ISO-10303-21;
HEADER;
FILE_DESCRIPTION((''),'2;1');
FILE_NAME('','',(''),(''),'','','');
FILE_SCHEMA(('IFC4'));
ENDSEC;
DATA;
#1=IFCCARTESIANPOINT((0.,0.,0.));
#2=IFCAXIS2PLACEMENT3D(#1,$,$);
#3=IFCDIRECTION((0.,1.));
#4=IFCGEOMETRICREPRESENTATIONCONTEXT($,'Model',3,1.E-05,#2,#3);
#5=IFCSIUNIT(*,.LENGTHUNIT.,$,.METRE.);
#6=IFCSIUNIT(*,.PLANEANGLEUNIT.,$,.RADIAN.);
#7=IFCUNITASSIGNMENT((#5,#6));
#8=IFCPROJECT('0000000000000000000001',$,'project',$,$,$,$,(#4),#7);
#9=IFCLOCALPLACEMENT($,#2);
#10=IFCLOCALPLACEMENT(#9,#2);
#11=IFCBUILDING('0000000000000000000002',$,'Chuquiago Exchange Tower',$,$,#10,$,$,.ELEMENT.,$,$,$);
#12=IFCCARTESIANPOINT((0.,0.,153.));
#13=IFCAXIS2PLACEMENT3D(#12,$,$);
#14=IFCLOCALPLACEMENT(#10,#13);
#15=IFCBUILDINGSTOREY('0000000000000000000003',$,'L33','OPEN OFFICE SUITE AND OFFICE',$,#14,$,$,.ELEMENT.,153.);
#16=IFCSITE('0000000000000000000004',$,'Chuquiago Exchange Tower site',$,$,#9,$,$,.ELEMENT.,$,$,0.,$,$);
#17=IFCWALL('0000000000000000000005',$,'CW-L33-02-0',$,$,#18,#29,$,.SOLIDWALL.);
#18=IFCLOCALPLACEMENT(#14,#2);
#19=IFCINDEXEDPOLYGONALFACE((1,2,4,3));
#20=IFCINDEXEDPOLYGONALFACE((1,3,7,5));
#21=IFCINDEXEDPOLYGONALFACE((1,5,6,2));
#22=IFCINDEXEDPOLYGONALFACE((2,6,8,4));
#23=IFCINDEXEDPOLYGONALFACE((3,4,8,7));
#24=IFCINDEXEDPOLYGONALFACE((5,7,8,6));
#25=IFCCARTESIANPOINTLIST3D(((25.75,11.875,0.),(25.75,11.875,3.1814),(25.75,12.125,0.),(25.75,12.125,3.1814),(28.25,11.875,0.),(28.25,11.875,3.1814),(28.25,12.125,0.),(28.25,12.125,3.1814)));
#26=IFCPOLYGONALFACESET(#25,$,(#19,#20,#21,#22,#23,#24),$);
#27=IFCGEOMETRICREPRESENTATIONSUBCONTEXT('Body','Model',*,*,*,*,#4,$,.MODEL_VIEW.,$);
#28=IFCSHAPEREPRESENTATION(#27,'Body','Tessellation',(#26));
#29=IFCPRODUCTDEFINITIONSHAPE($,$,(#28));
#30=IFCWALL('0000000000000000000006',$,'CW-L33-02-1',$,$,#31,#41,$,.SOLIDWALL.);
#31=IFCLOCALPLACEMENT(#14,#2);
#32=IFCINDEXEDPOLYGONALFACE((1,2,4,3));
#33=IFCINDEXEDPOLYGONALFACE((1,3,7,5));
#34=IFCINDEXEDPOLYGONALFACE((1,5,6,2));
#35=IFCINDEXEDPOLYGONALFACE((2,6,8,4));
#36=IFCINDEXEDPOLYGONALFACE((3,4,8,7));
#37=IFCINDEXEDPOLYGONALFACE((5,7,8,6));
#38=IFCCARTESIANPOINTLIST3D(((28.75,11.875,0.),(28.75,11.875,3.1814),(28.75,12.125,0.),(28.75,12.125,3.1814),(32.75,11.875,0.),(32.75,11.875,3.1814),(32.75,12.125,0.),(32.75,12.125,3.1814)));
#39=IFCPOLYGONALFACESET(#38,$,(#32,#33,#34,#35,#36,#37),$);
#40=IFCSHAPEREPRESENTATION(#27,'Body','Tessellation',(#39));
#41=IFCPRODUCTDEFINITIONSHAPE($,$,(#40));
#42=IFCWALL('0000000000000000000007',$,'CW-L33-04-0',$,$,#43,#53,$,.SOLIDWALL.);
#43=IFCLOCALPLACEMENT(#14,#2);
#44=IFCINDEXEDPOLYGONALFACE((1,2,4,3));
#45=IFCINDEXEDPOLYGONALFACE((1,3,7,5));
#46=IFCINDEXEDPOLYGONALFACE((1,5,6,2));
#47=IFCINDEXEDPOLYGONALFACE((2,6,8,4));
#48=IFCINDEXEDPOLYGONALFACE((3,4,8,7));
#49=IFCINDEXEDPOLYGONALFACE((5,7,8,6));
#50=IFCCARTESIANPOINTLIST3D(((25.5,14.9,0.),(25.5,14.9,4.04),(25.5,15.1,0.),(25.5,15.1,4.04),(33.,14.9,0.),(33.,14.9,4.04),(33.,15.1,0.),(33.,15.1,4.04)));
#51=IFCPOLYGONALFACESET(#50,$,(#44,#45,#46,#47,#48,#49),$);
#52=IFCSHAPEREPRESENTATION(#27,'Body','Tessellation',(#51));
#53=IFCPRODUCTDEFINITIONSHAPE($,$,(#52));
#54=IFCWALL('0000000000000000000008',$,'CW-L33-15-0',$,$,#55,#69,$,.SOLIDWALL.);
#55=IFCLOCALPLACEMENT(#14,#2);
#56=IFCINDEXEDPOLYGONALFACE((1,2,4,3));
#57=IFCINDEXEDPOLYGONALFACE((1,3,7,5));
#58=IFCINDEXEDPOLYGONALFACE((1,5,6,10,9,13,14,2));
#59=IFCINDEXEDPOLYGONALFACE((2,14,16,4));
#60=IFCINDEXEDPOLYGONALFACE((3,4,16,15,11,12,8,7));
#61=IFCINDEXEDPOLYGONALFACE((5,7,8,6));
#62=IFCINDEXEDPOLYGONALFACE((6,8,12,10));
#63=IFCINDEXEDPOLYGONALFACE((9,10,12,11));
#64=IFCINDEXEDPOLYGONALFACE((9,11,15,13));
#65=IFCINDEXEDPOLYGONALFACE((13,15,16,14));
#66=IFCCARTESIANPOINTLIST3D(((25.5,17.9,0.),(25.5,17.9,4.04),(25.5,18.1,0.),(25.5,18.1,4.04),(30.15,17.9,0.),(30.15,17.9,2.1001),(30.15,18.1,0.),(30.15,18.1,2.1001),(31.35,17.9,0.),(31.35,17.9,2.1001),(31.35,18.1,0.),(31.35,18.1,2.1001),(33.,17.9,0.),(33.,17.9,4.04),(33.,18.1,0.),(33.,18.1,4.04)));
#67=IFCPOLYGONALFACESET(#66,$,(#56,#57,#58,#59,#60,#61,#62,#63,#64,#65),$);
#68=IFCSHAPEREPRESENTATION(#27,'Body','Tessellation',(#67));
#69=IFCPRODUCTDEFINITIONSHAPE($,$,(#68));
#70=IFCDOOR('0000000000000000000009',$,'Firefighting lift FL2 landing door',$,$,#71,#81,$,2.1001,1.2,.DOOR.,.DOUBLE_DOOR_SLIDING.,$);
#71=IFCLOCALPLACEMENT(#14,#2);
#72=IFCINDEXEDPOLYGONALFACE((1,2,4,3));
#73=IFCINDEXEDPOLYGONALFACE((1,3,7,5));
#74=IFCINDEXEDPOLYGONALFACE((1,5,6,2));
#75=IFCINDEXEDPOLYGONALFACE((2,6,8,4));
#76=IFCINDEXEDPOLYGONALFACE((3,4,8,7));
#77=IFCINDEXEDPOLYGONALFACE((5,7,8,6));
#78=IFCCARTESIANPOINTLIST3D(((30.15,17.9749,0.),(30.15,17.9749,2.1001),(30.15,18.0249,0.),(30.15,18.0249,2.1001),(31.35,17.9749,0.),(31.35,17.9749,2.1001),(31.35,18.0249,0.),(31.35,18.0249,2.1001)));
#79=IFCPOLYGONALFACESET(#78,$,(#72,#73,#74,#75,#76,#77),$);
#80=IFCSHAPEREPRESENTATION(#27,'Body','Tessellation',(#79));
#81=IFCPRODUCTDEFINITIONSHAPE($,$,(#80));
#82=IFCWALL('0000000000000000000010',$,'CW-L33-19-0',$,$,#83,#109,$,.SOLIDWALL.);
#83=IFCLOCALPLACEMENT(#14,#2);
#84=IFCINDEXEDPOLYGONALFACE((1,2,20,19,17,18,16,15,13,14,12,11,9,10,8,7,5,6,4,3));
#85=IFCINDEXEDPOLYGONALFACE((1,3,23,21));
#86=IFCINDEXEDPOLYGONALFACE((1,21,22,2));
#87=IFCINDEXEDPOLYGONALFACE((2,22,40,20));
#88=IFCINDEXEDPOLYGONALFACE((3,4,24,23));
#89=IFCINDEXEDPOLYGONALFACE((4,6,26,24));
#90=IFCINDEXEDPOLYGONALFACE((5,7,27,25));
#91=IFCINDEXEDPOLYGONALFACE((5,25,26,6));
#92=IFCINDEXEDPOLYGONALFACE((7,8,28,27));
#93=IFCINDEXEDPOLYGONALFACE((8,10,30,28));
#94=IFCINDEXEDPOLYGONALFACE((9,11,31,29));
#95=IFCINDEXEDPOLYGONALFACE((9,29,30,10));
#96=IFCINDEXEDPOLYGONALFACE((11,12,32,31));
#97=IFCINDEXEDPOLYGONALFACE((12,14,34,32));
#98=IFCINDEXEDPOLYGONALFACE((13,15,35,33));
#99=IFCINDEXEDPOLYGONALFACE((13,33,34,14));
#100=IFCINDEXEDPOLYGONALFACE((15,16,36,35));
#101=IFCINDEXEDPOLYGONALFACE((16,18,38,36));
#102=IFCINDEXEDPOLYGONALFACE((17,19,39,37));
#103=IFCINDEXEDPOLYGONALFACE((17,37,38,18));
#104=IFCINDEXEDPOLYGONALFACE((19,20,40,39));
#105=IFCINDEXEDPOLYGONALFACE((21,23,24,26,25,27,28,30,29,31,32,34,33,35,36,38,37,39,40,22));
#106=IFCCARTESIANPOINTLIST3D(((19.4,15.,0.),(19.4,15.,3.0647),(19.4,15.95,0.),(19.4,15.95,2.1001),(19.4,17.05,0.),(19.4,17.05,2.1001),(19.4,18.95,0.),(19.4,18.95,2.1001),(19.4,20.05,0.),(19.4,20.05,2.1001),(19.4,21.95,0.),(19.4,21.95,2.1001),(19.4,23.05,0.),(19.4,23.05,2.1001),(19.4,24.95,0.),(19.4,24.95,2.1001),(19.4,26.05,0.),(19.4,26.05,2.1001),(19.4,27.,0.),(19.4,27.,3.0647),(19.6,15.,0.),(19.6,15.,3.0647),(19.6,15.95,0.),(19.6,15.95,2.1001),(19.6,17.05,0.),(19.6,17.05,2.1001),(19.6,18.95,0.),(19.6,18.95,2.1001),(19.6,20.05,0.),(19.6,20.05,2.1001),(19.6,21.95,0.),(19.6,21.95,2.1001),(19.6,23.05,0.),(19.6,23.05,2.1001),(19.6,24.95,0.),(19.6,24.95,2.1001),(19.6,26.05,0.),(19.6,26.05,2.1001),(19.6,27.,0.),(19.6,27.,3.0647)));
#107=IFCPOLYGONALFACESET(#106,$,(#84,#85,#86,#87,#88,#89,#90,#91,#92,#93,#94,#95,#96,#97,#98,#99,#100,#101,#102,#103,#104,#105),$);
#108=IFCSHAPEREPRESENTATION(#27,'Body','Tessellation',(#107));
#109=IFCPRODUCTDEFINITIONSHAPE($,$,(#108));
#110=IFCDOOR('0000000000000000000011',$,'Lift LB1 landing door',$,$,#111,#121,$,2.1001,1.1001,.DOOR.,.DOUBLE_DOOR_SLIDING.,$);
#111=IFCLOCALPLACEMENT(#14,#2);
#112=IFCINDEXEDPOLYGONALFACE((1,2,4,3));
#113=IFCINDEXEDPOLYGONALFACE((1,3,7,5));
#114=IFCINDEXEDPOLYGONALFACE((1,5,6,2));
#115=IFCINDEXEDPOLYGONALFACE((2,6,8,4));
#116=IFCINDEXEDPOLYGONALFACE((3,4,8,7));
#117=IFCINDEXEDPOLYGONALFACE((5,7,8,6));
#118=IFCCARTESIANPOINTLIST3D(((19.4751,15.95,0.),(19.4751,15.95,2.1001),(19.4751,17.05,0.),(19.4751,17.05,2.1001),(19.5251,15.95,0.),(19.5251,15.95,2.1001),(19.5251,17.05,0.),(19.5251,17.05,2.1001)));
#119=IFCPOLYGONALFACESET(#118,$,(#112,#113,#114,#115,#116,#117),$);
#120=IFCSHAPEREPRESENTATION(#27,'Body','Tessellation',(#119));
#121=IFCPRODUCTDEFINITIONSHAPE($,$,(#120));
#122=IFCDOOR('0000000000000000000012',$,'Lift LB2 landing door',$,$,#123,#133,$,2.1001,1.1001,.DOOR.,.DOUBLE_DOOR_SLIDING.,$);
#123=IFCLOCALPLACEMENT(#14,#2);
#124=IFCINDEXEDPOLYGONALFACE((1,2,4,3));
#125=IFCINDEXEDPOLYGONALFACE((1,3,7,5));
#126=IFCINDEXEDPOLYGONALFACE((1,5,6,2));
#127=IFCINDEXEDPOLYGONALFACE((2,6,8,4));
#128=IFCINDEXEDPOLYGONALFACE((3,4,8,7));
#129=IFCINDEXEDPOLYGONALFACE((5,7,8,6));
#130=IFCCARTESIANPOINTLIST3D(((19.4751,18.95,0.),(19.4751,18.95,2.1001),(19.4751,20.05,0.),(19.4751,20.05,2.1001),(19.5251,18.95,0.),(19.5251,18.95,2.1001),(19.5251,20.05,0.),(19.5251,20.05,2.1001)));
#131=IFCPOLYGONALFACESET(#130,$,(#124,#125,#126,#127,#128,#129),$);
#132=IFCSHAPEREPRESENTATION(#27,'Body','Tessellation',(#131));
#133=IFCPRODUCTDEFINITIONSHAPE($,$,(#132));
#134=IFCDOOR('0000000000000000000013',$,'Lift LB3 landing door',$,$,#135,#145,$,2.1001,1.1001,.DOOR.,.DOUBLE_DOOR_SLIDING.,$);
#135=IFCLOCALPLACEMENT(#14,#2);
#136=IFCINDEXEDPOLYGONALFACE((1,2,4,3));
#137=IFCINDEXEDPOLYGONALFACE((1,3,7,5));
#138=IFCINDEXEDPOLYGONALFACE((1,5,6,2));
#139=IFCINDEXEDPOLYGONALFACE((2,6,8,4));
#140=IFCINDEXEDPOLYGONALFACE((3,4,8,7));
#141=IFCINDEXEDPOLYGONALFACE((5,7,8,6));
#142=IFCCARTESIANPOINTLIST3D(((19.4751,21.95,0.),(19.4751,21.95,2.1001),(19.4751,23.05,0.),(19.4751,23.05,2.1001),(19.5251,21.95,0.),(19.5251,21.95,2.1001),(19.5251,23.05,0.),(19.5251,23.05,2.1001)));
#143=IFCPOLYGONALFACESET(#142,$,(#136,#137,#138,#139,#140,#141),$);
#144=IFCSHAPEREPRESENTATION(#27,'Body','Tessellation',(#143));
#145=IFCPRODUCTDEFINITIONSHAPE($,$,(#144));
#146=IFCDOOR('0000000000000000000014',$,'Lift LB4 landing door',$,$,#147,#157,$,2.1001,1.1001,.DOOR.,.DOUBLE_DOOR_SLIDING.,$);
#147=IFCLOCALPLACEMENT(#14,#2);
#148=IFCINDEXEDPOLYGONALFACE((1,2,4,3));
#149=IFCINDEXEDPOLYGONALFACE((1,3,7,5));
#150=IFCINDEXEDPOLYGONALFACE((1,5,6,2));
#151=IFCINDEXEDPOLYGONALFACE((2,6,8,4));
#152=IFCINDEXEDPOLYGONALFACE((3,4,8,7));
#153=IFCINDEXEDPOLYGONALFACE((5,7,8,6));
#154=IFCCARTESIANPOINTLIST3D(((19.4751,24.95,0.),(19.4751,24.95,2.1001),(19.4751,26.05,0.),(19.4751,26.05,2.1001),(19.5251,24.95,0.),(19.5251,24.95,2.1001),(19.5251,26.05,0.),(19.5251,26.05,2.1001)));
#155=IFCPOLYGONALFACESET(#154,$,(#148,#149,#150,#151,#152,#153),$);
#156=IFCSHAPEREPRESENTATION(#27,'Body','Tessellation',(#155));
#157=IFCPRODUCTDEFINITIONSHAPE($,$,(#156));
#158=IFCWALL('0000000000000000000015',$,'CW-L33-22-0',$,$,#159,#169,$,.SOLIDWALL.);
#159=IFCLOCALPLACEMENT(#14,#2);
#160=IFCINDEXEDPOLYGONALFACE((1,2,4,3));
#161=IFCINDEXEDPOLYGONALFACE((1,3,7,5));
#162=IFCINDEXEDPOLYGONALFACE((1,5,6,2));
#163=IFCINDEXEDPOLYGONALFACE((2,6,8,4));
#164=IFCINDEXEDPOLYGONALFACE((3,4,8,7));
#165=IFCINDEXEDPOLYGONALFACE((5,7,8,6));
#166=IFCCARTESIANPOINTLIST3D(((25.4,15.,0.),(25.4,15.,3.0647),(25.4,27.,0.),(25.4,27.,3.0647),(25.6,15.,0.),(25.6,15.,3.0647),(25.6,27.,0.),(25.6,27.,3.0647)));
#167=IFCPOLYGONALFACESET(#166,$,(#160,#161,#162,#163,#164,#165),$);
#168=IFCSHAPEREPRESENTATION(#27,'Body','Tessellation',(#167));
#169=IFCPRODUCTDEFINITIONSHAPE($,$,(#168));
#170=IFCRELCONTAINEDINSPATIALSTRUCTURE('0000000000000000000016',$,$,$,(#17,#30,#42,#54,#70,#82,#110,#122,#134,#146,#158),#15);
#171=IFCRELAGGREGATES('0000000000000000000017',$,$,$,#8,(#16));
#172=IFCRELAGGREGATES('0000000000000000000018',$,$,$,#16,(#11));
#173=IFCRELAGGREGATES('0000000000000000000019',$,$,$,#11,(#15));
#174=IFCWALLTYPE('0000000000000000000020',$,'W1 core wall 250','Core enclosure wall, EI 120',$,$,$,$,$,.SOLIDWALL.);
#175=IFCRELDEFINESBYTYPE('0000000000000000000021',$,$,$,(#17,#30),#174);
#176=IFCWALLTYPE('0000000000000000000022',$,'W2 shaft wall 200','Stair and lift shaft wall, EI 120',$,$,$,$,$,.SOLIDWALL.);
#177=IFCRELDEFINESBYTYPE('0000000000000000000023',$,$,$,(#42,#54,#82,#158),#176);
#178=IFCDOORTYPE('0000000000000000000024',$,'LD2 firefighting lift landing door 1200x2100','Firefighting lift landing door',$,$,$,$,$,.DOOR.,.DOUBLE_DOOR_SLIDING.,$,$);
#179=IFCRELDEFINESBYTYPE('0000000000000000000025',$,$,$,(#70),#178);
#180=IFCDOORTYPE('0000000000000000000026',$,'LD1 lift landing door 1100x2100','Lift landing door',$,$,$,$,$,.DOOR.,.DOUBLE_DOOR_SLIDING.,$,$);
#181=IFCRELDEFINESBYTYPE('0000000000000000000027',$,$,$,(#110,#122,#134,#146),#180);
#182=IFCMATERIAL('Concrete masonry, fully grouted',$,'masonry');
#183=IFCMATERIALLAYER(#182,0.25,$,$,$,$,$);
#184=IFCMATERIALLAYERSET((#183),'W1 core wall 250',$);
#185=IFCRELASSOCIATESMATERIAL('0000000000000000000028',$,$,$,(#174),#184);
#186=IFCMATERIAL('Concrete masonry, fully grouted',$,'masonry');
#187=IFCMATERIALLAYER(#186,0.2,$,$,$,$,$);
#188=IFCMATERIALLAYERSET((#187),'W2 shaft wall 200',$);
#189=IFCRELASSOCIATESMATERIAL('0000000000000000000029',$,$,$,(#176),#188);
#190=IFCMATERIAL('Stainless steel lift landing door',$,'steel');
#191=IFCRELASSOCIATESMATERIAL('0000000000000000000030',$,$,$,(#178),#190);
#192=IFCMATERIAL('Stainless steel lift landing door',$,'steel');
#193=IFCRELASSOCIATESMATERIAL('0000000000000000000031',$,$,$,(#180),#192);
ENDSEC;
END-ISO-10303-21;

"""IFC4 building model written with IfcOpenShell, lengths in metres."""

from ifc_helpers import new_model, si_unit, direction, frame, frame_2d, origin, place, context, subcontext, project, spatial, rectangle, extrude, material, layer, layer_set, type_object, element, fill, save


model = new_model("IFC4")

# Units and contexts
model_context = context("Model", 3, precision=1e-05, world=origin(), true_north=direction((0.0, 1.0)))
body_context = subcontext(model_context, "Body", "Model", "MODEL_VIEW")
ifc_project = project(units=[si_unit("LENGTHUNIT", "METRE"), si_unit("PLANEANGLEUNIT", "RADIAN")], contexts=[model_context])

# Site, building, storey
site_placement = place(None, origin())
site = spatial("IfcSite", under=ifc_project, at=site_placement, Name="Chuquiago Exchange Tower site", CompositionType="ELEMENT", RefElevation=0.0)
building_placement = place(site_placement, origin())
building = spatial("IfcBuilding", under=site, at=building_placement, Name="Chuquiago Exchange Tower", CompositionType="ELEMENT")
storey_placement = place(building_placement, frame((0.0, 0.0, 153.0)))
storey = spatial("IfcBuildingStorey", under=building, at=storey_placement, Name="L33", Description="OPEN OFFICE SUITE AND OFFICE", CompositionType="ELEMENT", Elevation=153.0)

# Walls
ifc_material_1 = material(Name="Concrete masonry, fully grouted", Category="masonry")
ifc_layer_1 = layer(ifc_material_1, 0.25)
ifc_layer_set_1 = layer_set([ifc_layer_1], Name="W1 core wall 250")
wall_type_1 = type_object("IfcWallType", Name="W1 core wall 250", Description="Core enclosure wall, EI 120", PredefinedType="SOLIDWALL", material=ifc_layer_set_1)
wall_1_placement = place(storey_placement, frame((25.75, 12.0, 0.0), z_axis=(0.0, 0.0, 1.0), x_axis=(1.0, 0.0, 0.0)))
element("IfcWall", 1, at=wall_1_placement, inside=storey, type_object=wall_type_1, Name="CW-L33-02-0", PredefinedType="SOLIDWALL", context=body_context, shape_type="SweptSolid", body=[
    extrude(rectangle(XDim=2.5, YDim=0.25, at=frame_2d((1.25, 0.0))), origin(), (0.0, 0.0, 1.0), 3.1814),
])
wall_2_placement = place(storey_placement, frame((28.75, 12.0, 0.0), z_axis=(0.0, 0.0, 1.0), x_axis=(1.0, 0.0, 0.0)))
element("IfcWall", 2, at=wall_2_placement, inside=storey, type_object=wall_type_1, Name="CW-L33-02-1", PredefinedType="SOLIDWALL", context=body_context, shape_type="SweptSolid", body=[
    extrude(rectangle(XDim=4.0, YDim=0.25, at=frame_2d((2.0, 0.0))), origin(), (0.0, 0.0, 1.0), 3.1814),
])
ifc_material_2 = material(Name="Concrete masonry, fully grouted", Category="masonry")
ifc_layer_2 = layer(ifc_material_2, 0.2)
ifc_layer_set_2 = layer_set([ifc_layer_2], Name="W2 shaft wall 200")
wall_type_2 = type_object("IfcWallType", Name="W2 shaft wall 200", Description="Stair and lift shaft wall, EI 120", PredefinedType="SOLIDWALL", material=ifc_layer_set_2)
wall_3_placement = place(storey_placement, frame((25.5, 15.0, 0.0), z_axis=(0.0, 0.0, 1.0), x_axis=(1.0, 0.0, 0.0)))
element("IfcWall", 3, at=wall_3_placement, inside=storey, type_object=wall_type_2, Name="CW-L33-04-0", PredefinedType="SOLIDWALL", context=body_context, shape_type="SweptSolid", body=[
    extrude(rectangle(XDim=7.5, YDim=0.2, at=frame_2d((3.75, 0.0))), origin(), (0.0, 0.0, 1.0), 4.04),
])

# Wall, opening, door
wall_4_placement = place(storey_placement, frame((25.5, 18.0, 0.0), z_axis=(0.0, 0.0, 1.0), x_axis=(1.0, 0.0, 0.0)))
wall_4 = element("IfcWall", 4, at=wall_4_placement, inside=storey, type_object=wall_type_2, Name="CW-L33-15-0", PredefinedType="SOLIDWALL", context=body_context, shape_type="SweptSolid", body=[
    extrude(rectangle(XDim=7.5, YDim=0.2, at=frame_2d((3.75, 0.0))), origin(), (0.0, 0.0, 1.0), 4.04),
])
opening_1_placement = place(wall_4_placement, frame((4.6499, 0.0, 0.0)))
opening_1 = element("IfcOpeningElement", 5, at=opening_1_placement, cuts=wall_4, PredefinedType="OPENING", context=body_context, shape_type="SweptSolid", body=[
    extrude(rectangle(XDim=1.2, YDim=2.1001, at=frame_2d((0.6001, 1.05))), frame((0.0, 0.1099, 0.0), z_axis=(0.0, -1.0, 0.0), x_axis=(1.0, 0.0, 0.0)), (0.0, 0.0, 1.0), 0.22),
])
ifc_material_3 = material(Name="Stainless steel lift landing door", Category="steel")
door_type_1 = type_object("IfcDoorType", Name="LD2 firefighting lift landing door 1200x2100", Description="Firefighting lift landing door", OperationType="DOUBLE_DOOR_SLIDING", PredefinedType="DOOR", material=ifc_material_3)
door_1_placement = place(opening_1_placement, origin())
door_1 = element("IfcDoor", 6, at=door_1_placement, inside=storey, type_object=door_type_1, Name="Firefighting lift FL2 landing door", OperationType="DOUBLE_DOOR_SLIDING", OverallHeight=2.1001, OverallWidth=1.2, PredefinedType="DOOR", context=body_context, shape_type="SweptSolid", body=[
    extrude(rectangle(XDim=1.2, YDim=2.1001, at=frame_2d((0.6001, 1.05))), frame((0.0, 0.0249, 0.0), z_axis=(0.0, -1.0, 0.0), x_axis=(1.0, 0.0, 0.0)), (0.0, 0.0, 1.0), 0.05),
])
fill(opening_1, door_1)

# Wall, openings, doors
wall_5_placement = place(storey_placement, frame((19.5, 15.0, 0.0), z_axis=(0.0, 0.0, 1.0), x_axis=(0.0, 1.0, 0.0)))
wall_5 = element("IfcWall", 7, at=wall_5_placement, inside=storey, type_object=wall_type_2, Name="CW-L33-19-0", PredefinedType="SOLIDWALL", context=body_context, shape_type="SweptSolid", body=[
    extrude(rectangle(XDim=12.0, YDim=0.2, at=frame_2d((6.0, 0.0))), origin(), (0.0, 0.0, 1.0), 3.0647),
])
opening_2_placement = place(wall_5_placement, frame((0.95, 0.0, 0.0)))
opening_2 = element("IfcOpeningElement", 8, at=opening_2_placement, cuts=wall_5, PredefinedType="OPENING", context=body_context, shape_type="SweptSolid", body=[
    extrude(rectangle(XDim=1.1001, YDim=2.1001, at=frame_2d((0.55, 1.05))), frame((0.0, 0.1099, 0.0), z_axis=(0.0, -1.0, 0.0), x_axis=(1.0, 0.0, 0.0)), (0.0, 0.0, 1.0), 0.22),
])
opening_3_placement = place(wall_5_placement, frame((3.95, 0.0, 0.0)))
opening_3 = element("IfcOpeningElement", 9, at=opening_3_placement, cuts=wall_5, PredefinedType="OPENING", context=body_context, shape_type="SweptSolid", body=[
    extrude(rectangle(XDim=1.1001, YDim=2.1001, at=frame_2d((0.55, 1.05))), frame((0.0, 0.1099, 0.0), z_axis=(0.0, -1.0, 0.0), x_axis=(1.0, 0.0, 0.0)), (0.0, 0.0, 1.0), 0.22),
])
opening_4_placement = place(wall_5_placement, frame((6.95, 0.0, 0.0)))
opening_4 = element("IfcOpeningElement", 10, at=opening_4_placement, cuts=wall_5, PredefinedType="OPENING", context=body_context, shape_type="SweptSolid", body=[
    extrude(rectangle(XDim=1.1001, YDim=2.1001, at=frame_2d((0.55, 1.05))), frame((0.0, 0.1099, 0.0), z_axis=(0.0, -1.0, 0.0), x_axis=(1.0, 0.0, 0.0)), (0.0, 0.0, 1.0), 0.22),
])
opening_5_placement = place(wall_5_placement, frame((9.95, 0.0, 0.0)))
opening_5 = element("IfcOpeningElement", 11, at=opening_5_placement, cuts=wall_5, PredefinedType="OPENING", context=body_context, shape_type="SweptSolid", body=[
    extrude(rectangle(XDim=1.1001, YDim=2.1001, at=frame_2d((0.55, 1.05))), frame((0.0, 0.1099, 0.0), z_axis=(0.0, -1.0, 0.0), x_axis=(1.0, 0.0, 0.0)), (0.0, 0.0, 1.0), 0.22),
])
ifc_material_4 = material(Name="Stainless steel lift landing door", Category="steel")
door_type_2 = type_object("IfcDoorType", Name="LD1 lift landing door 1100x2100", Description="Lift landing door", OperationType="DOUBLE_DOOR_SLIDING", PredefinedType="DOOR", material=ifc_material_4)
door_2_placement = place(opening_2_placement, origin())
door_2 = element("IfcDoor", 12, at=door_2_placement, inside=storey, type_object=door_type_2, Name="Lift LB1 landing door", OperationType="DOUBLE_DOOR_SLIDING", OverallHeight=2.1001, OverallWidth=1.1001, PredefinedType="DOOR", context=body_context, shape_type="SweptSolid", body=[
    extrude(rectangle(XDim=1.1001, YDim=2.1001, at=frame_2d((0.55, 1.05))), frame((0.0, 0.0249, 0.0), z_axis=(0.0, -1.0, 0.0), x_axis=(1.0, 0.0, 0.0)), (0.0, 0.0, 1.0), 0.05),
])
fill(opening_2, door_2)
door_3_placement = place(opening_3_placement, origin())
door_3 = element("IfcDoor", 13, at=door_3_placement, inside=storey, type_object=door_type_2, Name="Lift LB2 landing door", OperationType="DOUBLE_DOOR_SLIDING", OverallHeight=2.1001, OverallWidth=1.1001, PredefinedType="DOOR", context=body_context, shape_type="SweptSolid", body=[
    extrude(rectangle(XDim=1.1001, YDim=2.1001, at=frame_2d((0.55, 1.05))), frame((0.0, 0.0249, 0.0), z_axis=(0.0, -1.0, 0.0), x_axis=(1.0, 0.0, 0.0)), (0.0, 0.0, 1.0), 0.05),
])
fill(opening_3, door_3)
door_4_placement = place(opening_4_placement, origin())
door_4 = element("IfcDoor", 14, at=door_4_placement, inside=storey, type_object=door_type_2, Name="Lift LB3 landing door", OperationType="DOUBLE_DOOR_SLIDING", OverallHeight=2.1001, OverallWidth=1.1001, PredefinedType="DOOR", context=body_context, shape_type="SweptSolid", body=[
    extrude(rectangle(XDim=1.1001, YDim=2.1001, at=frame_2d((0.55, 1.05))), frame((0.0, 0.0249, 0.0), z_axis=(0.0, -1.0, 0.0), x_axis=(1.0, 0.0, 0.0)), (0.0, 0.0, 1.0), 0.05),
])
fill(opening_4, door_4)
door_5_placement = place(opening_5_placement, origin())
door_5 = element("IfcDoor", 15, at=door_5_placement, inside=storey, type_object=door_type_2, Name="Lift LB4 landing door", OperationType="DOUBLE_DOOR_SLIDING", OverallHeight=2.1001, OverallWidth=1.1001, PredefinedType="DOOR", context=body_context, shape_type="SweptSolid", body=[
    extrude(rectangle(XDim=1.1001, YDim=2.1001, at=frame_2d((0.55, 1.05))), frame((0.0, 0.0249, 0.0), z_axis=(0.0, -1.0, 0.0), x_axis=(1.0, 0.0, 0.0)), (0.0, 0.0, 1.0), 0.05),
])
fill(opening_5, door_5)

# Wall
wall_6_placement = place(storey_placement, frame((25.5, 15.0, 0.0), z_axis=(0.0, 0.0, 1.0), x_axis=(0.0, 1.0, 0.0)))
element("IfcWall", 16, at=wall_6_placement, inside=storey, type_object=wall_type_2, Name="CW-L33-22-0", PredefinedType="SOLIDWALL", context=body_context, shape_type="SweptSolid", body=[
    extrude(rectangle(XDim=12.0, YDim=0.2, at=frame_2d((6.0, 0.0))), origin(), (0.0, 0.0, 1.0), 3.0647),
])

save(model, "model.ifc")
